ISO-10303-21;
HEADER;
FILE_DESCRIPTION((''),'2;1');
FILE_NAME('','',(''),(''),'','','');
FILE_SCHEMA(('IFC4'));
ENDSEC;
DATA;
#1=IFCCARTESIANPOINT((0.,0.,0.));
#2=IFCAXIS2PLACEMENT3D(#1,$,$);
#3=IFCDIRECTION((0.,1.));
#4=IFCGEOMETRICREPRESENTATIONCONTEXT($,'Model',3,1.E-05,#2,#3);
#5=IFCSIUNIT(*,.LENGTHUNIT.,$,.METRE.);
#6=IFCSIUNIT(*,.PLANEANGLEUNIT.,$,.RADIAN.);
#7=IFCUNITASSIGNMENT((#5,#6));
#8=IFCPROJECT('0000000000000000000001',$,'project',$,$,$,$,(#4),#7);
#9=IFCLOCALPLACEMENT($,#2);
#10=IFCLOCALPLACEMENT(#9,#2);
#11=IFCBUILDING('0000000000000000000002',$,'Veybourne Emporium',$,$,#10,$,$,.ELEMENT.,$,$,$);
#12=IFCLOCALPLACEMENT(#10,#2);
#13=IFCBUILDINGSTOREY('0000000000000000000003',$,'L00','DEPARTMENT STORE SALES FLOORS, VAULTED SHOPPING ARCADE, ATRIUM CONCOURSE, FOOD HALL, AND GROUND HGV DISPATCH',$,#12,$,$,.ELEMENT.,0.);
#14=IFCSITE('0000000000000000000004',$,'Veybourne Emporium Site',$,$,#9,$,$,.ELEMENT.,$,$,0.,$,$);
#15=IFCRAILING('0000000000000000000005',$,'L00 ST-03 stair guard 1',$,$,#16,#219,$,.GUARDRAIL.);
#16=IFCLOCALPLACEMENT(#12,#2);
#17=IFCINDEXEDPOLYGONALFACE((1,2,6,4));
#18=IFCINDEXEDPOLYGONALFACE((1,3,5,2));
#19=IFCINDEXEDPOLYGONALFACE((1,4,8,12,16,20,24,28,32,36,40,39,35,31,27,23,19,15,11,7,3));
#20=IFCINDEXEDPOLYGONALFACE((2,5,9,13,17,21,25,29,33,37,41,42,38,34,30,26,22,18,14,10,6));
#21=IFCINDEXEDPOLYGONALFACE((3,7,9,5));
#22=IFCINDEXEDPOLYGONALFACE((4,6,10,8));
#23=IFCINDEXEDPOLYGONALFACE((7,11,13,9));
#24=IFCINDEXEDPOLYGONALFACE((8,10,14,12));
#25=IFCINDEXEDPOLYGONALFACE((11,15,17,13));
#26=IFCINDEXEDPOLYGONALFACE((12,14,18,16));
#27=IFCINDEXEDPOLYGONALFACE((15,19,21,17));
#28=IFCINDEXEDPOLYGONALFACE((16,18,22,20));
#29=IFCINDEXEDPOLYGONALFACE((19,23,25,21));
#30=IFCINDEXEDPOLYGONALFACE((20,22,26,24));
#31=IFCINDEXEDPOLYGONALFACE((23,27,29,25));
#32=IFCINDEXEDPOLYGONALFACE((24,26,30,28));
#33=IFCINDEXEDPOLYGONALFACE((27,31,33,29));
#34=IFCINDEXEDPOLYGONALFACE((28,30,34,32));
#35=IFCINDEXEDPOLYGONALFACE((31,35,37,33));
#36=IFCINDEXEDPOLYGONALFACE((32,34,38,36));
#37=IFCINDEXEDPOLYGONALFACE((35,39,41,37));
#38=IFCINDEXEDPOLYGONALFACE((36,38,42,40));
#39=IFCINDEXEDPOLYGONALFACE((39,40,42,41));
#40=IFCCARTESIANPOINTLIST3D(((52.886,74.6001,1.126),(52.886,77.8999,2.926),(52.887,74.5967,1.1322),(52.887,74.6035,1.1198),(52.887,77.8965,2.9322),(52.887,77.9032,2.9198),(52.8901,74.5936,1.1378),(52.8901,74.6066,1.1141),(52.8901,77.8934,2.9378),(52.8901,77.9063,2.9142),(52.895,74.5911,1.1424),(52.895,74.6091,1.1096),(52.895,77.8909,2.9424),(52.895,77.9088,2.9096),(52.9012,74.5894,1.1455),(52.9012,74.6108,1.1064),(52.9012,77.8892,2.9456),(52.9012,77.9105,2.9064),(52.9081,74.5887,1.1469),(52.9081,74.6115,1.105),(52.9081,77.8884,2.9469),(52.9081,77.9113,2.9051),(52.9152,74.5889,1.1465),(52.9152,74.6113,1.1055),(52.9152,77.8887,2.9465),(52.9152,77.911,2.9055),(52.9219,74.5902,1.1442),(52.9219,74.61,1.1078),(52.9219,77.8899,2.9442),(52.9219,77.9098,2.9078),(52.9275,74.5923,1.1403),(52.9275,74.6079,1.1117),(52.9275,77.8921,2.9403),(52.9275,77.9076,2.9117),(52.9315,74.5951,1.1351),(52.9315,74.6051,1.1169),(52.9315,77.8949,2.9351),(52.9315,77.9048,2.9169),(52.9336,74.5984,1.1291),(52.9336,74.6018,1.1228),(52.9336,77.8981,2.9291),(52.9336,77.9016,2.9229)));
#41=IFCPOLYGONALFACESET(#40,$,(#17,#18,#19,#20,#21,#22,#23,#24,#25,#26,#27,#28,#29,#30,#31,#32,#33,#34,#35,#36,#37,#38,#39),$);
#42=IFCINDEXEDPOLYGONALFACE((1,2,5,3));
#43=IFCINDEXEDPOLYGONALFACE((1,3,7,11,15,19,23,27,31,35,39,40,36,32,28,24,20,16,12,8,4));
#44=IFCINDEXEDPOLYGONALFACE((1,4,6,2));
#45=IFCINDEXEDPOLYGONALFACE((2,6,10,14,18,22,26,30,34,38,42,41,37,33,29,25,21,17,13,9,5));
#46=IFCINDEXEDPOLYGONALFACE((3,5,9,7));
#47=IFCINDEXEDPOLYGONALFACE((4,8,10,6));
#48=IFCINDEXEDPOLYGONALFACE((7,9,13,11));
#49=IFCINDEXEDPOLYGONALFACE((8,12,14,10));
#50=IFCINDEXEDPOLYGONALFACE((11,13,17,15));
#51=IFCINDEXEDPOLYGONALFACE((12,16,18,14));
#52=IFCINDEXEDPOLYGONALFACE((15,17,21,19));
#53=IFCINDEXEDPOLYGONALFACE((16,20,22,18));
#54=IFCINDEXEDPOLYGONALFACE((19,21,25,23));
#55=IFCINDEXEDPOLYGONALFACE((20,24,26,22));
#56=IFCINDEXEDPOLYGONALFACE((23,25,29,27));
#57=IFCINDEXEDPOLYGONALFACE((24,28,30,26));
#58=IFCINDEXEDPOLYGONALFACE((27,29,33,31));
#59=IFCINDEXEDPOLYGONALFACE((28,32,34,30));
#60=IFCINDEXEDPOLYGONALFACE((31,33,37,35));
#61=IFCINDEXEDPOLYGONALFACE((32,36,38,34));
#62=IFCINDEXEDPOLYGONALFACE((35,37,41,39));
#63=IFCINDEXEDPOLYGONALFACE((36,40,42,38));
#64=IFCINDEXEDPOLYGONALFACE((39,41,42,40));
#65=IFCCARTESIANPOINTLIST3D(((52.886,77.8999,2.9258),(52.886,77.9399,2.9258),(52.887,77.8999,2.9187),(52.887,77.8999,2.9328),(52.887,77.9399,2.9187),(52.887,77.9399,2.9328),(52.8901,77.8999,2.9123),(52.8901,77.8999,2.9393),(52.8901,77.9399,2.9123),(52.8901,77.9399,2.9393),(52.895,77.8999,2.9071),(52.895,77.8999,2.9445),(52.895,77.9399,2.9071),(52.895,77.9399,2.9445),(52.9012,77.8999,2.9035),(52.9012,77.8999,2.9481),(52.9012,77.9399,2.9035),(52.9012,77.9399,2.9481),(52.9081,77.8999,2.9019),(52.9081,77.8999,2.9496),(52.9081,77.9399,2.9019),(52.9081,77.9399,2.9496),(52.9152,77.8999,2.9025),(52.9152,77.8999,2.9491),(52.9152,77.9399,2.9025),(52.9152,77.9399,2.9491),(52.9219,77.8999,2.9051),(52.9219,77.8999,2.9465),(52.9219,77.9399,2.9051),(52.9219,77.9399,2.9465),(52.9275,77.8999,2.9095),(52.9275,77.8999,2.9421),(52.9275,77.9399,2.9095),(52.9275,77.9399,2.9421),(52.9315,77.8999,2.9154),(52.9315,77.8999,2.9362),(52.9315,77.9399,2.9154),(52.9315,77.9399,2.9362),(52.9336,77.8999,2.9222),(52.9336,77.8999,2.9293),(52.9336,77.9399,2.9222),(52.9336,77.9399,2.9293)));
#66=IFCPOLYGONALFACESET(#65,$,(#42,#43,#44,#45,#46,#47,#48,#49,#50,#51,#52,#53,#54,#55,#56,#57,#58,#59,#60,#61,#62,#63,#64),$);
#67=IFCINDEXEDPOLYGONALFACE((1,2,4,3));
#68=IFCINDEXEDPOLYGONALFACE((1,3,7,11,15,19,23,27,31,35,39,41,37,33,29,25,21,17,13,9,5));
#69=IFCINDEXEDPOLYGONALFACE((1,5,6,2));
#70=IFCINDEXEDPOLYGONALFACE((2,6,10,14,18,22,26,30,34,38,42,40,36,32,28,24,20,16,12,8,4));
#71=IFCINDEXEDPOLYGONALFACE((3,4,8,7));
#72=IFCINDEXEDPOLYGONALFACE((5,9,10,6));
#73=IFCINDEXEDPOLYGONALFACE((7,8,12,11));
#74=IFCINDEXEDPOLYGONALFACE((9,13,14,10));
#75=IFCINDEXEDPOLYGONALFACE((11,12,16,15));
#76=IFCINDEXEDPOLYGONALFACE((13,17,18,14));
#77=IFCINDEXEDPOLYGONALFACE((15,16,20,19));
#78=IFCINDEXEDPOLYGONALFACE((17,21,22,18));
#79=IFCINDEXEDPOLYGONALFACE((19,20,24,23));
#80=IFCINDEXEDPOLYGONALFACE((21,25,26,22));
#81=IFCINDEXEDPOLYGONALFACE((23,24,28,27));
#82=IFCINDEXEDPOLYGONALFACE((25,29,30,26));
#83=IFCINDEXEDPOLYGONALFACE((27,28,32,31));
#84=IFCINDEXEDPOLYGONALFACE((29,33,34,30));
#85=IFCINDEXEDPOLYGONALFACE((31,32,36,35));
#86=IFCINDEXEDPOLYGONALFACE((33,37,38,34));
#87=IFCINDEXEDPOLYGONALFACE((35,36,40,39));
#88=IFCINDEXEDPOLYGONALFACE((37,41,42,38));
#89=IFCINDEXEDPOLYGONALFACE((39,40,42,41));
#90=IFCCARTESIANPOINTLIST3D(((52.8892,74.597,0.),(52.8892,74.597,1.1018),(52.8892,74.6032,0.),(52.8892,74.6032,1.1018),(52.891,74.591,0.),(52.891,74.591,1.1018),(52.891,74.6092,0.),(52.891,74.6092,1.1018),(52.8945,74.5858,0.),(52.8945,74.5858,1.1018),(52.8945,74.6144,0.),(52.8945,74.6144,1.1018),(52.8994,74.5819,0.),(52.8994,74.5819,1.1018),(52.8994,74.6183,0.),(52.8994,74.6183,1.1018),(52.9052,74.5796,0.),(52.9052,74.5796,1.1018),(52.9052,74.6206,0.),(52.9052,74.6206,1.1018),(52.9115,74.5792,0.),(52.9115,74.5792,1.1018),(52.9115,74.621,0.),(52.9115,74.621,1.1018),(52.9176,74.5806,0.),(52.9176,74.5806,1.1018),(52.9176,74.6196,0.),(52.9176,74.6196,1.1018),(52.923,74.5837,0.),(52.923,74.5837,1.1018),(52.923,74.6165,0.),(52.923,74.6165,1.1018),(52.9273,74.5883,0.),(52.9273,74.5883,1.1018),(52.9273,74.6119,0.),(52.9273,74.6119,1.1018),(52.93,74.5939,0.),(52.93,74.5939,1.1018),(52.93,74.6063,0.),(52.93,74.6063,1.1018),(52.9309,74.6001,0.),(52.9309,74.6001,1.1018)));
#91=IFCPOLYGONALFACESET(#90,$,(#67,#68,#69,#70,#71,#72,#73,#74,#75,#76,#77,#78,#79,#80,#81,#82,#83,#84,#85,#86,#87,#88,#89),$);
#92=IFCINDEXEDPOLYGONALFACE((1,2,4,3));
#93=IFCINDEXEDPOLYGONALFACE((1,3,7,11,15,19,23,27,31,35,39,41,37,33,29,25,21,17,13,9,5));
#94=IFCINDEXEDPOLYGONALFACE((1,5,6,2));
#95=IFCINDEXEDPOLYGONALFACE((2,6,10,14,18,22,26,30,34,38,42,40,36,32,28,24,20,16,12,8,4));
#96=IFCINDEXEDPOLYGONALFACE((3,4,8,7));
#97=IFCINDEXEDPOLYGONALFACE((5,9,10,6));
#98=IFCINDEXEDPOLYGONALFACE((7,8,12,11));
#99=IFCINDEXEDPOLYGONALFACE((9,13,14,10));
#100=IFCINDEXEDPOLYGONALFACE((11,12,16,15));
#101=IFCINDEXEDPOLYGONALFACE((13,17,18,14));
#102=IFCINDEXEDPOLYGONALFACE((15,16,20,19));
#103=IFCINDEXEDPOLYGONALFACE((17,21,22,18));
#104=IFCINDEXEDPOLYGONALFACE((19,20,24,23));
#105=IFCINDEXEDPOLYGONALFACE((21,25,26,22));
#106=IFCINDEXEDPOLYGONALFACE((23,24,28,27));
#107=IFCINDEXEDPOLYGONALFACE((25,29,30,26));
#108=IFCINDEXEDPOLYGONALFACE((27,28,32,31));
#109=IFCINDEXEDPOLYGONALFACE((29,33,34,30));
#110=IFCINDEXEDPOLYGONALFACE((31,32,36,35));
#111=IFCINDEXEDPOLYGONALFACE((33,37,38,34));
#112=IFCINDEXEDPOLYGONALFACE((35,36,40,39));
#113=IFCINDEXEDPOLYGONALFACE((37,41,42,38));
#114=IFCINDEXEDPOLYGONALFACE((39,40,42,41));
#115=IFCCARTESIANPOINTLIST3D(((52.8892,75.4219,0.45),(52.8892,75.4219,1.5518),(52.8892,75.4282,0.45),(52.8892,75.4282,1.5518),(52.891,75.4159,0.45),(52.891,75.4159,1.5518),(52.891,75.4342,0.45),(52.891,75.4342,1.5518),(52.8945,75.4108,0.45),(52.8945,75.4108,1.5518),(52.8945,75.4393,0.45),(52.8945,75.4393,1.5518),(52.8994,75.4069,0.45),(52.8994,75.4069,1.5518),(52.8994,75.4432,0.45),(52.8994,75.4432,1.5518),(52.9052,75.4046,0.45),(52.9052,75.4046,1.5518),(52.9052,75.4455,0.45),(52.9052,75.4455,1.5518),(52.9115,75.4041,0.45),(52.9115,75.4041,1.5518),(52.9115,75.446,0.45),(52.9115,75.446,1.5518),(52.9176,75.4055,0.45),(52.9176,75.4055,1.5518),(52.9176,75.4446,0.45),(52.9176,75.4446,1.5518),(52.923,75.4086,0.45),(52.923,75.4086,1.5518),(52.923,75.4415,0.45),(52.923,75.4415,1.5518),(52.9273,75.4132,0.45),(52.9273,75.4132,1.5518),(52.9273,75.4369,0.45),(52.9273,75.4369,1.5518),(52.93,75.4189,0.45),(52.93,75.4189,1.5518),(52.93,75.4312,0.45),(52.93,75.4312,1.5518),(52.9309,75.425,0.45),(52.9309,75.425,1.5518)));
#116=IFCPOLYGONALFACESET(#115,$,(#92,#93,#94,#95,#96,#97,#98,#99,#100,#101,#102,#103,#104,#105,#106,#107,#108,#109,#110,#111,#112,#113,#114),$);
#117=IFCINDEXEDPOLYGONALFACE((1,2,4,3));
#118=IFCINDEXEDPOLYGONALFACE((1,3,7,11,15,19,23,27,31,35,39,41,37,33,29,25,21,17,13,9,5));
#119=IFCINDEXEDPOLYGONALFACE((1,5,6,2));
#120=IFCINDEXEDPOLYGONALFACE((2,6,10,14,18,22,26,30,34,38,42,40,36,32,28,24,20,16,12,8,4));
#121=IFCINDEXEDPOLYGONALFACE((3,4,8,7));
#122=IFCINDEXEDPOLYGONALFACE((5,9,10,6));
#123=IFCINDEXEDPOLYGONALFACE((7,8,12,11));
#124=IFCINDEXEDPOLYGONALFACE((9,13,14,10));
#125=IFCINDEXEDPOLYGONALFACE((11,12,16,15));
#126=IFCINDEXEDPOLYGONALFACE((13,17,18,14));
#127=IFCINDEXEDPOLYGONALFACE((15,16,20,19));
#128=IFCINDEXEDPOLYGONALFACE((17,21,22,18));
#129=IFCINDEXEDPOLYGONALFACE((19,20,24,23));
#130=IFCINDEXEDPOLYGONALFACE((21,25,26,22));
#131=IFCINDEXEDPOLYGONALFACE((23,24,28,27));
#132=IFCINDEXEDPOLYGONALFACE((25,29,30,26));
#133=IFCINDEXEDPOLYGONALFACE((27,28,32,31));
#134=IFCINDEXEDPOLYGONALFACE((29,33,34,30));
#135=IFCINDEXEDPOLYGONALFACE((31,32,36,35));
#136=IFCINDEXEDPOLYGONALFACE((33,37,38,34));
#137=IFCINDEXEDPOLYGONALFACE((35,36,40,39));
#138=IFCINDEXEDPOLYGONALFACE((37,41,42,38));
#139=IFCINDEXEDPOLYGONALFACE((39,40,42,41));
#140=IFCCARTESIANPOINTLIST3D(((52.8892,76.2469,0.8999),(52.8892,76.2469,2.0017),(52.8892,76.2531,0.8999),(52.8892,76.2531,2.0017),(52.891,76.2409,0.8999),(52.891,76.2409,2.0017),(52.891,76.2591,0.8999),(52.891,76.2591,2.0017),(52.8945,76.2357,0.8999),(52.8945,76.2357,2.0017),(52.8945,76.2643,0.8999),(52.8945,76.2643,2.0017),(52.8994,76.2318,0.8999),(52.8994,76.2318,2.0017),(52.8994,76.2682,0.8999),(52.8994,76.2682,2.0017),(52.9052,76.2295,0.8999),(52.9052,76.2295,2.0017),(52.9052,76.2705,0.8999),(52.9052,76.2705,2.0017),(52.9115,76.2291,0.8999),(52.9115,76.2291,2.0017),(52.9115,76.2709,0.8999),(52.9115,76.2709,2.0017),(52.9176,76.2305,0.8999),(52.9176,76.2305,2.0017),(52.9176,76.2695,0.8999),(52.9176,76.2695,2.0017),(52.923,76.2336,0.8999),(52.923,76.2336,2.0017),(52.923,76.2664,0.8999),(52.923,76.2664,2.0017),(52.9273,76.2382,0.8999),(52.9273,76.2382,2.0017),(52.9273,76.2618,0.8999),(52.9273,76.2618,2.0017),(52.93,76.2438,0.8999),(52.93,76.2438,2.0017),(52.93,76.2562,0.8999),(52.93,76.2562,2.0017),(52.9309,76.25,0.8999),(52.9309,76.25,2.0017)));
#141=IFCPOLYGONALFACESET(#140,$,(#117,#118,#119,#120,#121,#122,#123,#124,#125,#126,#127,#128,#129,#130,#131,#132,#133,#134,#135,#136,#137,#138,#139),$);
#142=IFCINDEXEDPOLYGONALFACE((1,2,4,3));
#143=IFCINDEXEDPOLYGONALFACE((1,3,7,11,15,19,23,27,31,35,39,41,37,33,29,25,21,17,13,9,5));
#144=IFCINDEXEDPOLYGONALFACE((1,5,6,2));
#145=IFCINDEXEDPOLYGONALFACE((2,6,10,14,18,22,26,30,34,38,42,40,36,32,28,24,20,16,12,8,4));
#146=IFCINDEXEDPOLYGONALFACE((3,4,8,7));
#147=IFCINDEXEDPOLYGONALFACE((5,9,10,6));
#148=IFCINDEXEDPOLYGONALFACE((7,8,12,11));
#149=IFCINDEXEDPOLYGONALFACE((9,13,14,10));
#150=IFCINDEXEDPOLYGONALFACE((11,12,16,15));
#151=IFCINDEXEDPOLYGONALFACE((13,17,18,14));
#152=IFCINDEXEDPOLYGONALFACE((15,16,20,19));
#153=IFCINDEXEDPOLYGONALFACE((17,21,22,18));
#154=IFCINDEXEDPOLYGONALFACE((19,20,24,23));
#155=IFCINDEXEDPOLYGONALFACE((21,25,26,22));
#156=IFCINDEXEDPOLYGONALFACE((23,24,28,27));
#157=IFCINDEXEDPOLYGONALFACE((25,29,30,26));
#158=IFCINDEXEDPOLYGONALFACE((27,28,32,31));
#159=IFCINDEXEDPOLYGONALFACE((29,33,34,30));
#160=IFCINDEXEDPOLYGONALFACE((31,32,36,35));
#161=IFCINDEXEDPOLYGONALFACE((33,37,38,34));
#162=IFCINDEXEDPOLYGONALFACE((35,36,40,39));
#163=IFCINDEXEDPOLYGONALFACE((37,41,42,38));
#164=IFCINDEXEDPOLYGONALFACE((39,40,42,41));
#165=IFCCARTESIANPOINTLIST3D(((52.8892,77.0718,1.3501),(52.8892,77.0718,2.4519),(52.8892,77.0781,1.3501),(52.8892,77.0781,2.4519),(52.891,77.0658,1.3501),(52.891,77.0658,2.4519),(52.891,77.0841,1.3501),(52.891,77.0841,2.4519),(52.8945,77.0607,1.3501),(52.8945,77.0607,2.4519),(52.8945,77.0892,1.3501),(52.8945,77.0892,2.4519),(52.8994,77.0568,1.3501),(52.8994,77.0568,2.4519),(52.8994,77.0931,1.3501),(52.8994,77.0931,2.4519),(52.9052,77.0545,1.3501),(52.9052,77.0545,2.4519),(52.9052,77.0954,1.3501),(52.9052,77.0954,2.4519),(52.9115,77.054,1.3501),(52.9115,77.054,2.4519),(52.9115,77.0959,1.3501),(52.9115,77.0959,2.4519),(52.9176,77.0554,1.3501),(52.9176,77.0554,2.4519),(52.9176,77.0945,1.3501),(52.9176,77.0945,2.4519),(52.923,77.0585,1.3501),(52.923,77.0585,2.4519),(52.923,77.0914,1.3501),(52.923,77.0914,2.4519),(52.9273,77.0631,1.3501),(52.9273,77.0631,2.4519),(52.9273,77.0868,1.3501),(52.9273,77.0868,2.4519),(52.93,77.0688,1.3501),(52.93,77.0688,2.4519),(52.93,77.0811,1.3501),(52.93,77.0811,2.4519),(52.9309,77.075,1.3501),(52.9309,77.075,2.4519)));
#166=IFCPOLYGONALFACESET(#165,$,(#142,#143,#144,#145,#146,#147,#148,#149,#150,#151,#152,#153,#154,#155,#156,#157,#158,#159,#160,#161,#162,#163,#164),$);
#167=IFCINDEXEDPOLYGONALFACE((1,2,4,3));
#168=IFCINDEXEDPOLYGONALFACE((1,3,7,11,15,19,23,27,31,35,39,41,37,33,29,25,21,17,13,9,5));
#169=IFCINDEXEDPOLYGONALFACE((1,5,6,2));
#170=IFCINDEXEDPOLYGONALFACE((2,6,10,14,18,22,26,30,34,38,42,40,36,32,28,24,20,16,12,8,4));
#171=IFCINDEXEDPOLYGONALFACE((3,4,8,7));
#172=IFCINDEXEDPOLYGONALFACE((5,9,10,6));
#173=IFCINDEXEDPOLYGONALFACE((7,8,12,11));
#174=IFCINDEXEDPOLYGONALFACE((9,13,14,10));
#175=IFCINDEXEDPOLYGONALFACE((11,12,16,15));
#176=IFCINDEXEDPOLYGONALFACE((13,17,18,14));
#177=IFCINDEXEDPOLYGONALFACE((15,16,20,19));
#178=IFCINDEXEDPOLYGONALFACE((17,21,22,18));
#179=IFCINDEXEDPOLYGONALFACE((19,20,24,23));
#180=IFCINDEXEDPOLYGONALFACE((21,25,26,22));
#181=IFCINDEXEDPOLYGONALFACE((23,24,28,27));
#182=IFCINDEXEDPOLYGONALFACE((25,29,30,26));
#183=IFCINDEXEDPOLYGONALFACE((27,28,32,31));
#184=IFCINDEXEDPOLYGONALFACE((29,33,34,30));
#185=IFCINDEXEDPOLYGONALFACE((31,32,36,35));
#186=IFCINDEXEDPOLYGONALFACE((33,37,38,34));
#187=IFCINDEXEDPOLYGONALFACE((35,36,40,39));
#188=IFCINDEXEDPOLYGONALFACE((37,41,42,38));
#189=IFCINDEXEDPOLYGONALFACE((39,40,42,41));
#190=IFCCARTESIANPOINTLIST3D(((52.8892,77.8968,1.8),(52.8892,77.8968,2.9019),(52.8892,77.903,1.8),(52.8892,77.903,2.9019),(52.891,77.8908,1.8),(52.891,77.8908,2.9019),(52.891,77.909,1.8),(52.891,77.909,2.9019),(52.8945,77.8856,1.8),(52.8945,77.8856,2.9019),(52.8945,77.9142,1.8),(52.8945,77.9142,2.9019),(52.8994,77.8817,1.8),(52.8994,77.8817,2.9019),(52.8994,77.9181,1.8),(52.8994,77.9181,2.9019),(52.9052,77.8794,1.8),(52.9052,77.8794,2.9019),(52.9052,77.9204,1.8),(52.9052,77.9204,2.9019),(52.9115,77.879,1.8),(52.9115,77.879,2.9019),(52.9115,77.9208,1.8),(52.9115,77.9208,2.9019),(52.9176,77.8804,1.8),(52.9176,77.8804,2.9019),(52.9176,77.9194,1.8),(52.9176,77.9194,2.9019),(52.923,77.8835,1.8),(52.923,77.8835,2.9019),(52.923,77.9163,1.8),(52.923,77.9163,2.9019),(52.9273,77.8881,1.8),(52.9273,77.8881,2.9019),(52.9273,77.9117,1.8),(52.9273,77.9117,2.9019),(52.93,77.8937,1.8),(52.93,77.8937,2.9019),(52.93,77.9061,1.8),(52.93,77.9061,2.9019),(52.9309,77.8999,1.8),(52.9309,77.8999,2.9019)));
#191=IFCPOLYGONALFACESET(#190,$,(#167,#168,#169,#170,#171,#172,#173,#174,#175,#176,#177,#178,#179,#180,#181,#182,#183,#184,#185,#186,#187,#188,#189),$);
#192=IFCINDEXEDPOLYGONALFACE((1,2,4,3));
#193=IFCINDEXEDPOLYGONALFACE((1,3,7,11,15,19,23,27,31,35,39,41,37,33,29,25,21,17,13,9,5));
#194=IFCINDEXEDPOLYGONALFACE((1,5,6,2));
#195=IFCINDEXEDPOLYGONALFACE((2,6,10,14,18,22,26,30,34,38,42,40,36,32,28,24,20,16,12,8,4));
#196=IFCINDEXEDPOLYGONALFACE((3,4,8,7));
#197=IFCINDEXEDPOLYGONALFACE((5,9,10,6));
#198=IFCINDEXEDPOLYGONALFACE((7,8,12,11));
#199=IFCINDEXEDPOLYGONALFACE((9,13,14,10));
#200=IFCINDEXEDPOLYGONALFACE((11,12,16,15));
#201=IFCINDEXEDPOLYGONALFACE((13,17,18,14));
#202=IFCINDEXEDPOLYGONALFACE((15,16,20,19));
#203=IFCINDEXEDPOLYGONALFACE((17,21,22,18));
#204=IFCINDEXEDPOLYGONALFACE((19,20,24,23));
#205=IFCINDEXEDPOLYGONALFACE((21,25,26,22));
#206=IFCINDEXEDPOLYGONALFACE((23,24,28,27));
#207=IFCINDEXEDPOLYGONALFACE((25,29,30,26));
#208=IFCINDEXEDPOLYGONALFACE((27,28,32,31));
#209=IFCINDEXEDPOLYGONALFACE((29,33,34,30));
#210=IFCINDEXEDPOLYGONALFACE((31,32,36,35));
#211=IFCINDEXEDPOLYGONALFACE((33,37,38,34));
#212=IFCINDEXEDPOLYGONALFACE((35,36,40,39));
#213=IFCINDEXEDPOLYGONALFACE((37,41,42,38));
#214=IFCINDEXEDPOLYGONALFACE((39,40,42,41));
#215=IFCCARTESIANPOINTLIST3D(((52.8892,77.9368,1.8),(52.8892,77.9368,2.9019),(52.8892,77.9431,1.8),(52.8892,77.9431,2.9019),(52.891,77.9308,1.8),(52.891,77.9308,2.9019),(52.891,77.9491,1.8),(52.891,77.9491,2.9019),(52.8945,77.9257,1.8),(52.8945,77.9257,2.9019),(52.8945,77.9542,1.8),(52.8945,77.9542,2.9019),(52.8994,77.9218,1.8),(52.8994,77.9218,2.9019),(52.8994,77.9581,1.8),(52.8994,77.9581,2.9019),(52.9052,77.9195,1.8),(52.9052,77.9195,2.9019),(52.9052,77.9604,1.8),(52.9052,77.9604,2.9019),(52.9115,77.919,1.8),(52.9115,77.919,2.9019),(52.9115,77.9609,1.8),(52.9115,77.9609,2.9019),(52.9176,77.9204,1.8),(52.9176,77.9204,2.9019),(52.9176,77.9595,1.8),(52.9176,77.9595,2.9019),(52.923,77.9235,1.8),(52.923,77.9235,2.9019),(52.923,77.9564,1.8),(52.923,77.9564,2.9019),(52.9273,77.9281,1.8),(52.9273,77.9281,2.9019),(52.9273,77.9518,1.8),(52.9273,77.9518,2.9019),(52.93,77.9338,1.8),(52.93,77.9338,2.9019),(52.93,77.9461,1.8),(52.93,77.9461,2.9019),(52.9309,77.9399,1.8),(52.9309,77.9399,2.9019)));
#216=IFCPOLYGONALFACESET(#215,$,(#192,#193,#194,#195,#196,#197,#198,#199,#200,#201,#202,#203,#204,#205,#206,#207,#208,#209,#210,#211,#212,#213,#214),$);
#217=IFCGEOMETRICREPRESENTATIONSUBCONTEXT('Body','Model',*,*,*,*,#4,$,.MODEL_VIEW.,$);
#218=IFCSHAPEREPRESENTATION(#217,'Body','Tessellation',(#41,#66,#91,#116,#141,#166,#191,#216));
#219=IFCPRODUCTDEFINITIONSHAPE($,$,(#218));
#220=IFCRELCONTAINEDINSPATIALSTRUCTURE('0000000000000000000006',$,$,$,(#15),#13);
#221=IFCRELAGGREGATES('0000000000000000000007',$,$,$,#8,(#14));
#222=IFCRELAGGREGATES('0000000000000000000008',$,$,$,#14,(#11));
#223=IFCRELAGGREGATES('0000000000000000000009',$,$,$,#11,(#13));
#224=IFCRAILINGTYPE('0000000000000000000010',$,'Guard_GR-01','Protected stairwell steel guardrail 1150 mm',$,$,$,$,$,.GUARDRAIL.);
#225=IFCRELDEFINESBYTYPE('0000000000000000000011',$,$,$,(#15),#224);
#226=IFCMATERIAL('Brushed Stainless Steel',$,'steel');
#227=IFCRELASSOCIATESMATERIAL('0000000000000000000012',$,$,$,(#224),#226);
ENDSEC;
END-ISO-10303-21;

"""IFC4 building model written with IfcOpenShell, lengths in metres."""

from ifc_helpers import new_model, si_unit, direction, frame, origin, origin_2d, place, context, subcontext, project, spatial, circle, extrude, material, type_object, element, save


model = new_model("IFC4")

# Units and contexts
model_context = context("Model", 3, precision=1e-05, world=origin(), true_north=direction((0.0, 1.0)))
body_context = subcontext(model_context, "Body", "Model", "MODEL_VIEW")
ifc_project = project(units=[si_unit("LENGTHUNIT", "METRE"), si_unit("PLANEANGLEUNIT", "RADIAN")], contexts=[model_context])

# Site, building, storey
site_placement = place(None, origin())
site = spatial("IfcSite", under=ifc_project, at=site_placement, Name="Veybourne Emporium Site", CompositionType="ELEMENT", RefElevation=0.0)
building_placement = place(site_placement, origin())
building = spatial("IfcBuilding", under=site, at=building_placement, Name="Veybourne Emporium", CompositionType="ELEMENT")
storey_placement = place(building_placement, origin())
storey = spatial("IfcBuildingStorey", under=building, at=storey_placement, Name="L00", Description="DEPARTMENT STORE SALES FLOORS, VAULTED SHOPPING ARCADE, ATRIUM CONCOURSE, FOOD HALL, AND GROUND HGV DISPATCH", CompositionType="ELEMENT", Elevation=0.0)

# Railing
ifc_material_1 = material(Name="Brushed Stainless Steel", Category="steel")
railing_type_1 = type_object("IfcRailingType", Name="Guard_GR-01", Description="Protected stairwell steel guardrail 1150 mm", PredefinedType="GUARDRAIL", material=ifc_material_1)
railing_1_placement = place(storey_placement, frame((52.9099, 74.6001, 0.0)))
element("IfcRailing", 1, at=railing_1_placement, inside=storey, type_object=railing_type_1, Name="L00 ST-03 stair guard 1", PredefinedType="GUARDRAIL", context=body_context, shape_type="SweptSolid", body=[
    extrude(circle(Radius=0.0239, at=origin_2d()), frame((0.0, 0.0, 1.126), z_axis=(0.0, 0.877878, 0.478884), x_axis=(-1.0, 0.0, 0.0)), (0.0, 0.0, 1.0), 3.7588),
    extrude(circle(Radius=0.0239, at=origin_2d()), frame((0.0, 3.2998, 2.9258), z_axis=(0.0, 1.0, 0.0), x_axis=(-1.0, 0.0, 0.0)), (0.0, 0.0, 1.0), 0.04),
    extrude(circle(Radius=0.021, at=origin_2d()), origin(), (0.0, 0.0, 1.0), 1.1018),
    extrude(circle(Radius=0.021, at=origin_2d()), frame((0.0, 0.825, 0.45)), (0.0, 0.0, 1.0), 1.1018),
    extrude(circle(Radius=0.021, at=origin_2d()), frame((0.0, 1.6499, 0.8999)), (0.0, 0.0, 1.0), 1.1018),
    extrude(circle(Radius=0.021, at=origin_2d()), frame((0.0, 2.4749, 1.3501)), (0.0, 0.0, 1.0), 1.1018),
    extrude(circle(Radius=0.021, at=origin_2d()), frame((0.0, 3.2998, 1.8)), (0.0, 0.0, 1.0), 1.1018),
    extrude(circle(Radius=0.021, at=origin_2d()), frame((0.0, 3.3398, 1.8)), (0.0, 0.0, 1.0), 1.1018),
])

save(model, "model.ifc")
